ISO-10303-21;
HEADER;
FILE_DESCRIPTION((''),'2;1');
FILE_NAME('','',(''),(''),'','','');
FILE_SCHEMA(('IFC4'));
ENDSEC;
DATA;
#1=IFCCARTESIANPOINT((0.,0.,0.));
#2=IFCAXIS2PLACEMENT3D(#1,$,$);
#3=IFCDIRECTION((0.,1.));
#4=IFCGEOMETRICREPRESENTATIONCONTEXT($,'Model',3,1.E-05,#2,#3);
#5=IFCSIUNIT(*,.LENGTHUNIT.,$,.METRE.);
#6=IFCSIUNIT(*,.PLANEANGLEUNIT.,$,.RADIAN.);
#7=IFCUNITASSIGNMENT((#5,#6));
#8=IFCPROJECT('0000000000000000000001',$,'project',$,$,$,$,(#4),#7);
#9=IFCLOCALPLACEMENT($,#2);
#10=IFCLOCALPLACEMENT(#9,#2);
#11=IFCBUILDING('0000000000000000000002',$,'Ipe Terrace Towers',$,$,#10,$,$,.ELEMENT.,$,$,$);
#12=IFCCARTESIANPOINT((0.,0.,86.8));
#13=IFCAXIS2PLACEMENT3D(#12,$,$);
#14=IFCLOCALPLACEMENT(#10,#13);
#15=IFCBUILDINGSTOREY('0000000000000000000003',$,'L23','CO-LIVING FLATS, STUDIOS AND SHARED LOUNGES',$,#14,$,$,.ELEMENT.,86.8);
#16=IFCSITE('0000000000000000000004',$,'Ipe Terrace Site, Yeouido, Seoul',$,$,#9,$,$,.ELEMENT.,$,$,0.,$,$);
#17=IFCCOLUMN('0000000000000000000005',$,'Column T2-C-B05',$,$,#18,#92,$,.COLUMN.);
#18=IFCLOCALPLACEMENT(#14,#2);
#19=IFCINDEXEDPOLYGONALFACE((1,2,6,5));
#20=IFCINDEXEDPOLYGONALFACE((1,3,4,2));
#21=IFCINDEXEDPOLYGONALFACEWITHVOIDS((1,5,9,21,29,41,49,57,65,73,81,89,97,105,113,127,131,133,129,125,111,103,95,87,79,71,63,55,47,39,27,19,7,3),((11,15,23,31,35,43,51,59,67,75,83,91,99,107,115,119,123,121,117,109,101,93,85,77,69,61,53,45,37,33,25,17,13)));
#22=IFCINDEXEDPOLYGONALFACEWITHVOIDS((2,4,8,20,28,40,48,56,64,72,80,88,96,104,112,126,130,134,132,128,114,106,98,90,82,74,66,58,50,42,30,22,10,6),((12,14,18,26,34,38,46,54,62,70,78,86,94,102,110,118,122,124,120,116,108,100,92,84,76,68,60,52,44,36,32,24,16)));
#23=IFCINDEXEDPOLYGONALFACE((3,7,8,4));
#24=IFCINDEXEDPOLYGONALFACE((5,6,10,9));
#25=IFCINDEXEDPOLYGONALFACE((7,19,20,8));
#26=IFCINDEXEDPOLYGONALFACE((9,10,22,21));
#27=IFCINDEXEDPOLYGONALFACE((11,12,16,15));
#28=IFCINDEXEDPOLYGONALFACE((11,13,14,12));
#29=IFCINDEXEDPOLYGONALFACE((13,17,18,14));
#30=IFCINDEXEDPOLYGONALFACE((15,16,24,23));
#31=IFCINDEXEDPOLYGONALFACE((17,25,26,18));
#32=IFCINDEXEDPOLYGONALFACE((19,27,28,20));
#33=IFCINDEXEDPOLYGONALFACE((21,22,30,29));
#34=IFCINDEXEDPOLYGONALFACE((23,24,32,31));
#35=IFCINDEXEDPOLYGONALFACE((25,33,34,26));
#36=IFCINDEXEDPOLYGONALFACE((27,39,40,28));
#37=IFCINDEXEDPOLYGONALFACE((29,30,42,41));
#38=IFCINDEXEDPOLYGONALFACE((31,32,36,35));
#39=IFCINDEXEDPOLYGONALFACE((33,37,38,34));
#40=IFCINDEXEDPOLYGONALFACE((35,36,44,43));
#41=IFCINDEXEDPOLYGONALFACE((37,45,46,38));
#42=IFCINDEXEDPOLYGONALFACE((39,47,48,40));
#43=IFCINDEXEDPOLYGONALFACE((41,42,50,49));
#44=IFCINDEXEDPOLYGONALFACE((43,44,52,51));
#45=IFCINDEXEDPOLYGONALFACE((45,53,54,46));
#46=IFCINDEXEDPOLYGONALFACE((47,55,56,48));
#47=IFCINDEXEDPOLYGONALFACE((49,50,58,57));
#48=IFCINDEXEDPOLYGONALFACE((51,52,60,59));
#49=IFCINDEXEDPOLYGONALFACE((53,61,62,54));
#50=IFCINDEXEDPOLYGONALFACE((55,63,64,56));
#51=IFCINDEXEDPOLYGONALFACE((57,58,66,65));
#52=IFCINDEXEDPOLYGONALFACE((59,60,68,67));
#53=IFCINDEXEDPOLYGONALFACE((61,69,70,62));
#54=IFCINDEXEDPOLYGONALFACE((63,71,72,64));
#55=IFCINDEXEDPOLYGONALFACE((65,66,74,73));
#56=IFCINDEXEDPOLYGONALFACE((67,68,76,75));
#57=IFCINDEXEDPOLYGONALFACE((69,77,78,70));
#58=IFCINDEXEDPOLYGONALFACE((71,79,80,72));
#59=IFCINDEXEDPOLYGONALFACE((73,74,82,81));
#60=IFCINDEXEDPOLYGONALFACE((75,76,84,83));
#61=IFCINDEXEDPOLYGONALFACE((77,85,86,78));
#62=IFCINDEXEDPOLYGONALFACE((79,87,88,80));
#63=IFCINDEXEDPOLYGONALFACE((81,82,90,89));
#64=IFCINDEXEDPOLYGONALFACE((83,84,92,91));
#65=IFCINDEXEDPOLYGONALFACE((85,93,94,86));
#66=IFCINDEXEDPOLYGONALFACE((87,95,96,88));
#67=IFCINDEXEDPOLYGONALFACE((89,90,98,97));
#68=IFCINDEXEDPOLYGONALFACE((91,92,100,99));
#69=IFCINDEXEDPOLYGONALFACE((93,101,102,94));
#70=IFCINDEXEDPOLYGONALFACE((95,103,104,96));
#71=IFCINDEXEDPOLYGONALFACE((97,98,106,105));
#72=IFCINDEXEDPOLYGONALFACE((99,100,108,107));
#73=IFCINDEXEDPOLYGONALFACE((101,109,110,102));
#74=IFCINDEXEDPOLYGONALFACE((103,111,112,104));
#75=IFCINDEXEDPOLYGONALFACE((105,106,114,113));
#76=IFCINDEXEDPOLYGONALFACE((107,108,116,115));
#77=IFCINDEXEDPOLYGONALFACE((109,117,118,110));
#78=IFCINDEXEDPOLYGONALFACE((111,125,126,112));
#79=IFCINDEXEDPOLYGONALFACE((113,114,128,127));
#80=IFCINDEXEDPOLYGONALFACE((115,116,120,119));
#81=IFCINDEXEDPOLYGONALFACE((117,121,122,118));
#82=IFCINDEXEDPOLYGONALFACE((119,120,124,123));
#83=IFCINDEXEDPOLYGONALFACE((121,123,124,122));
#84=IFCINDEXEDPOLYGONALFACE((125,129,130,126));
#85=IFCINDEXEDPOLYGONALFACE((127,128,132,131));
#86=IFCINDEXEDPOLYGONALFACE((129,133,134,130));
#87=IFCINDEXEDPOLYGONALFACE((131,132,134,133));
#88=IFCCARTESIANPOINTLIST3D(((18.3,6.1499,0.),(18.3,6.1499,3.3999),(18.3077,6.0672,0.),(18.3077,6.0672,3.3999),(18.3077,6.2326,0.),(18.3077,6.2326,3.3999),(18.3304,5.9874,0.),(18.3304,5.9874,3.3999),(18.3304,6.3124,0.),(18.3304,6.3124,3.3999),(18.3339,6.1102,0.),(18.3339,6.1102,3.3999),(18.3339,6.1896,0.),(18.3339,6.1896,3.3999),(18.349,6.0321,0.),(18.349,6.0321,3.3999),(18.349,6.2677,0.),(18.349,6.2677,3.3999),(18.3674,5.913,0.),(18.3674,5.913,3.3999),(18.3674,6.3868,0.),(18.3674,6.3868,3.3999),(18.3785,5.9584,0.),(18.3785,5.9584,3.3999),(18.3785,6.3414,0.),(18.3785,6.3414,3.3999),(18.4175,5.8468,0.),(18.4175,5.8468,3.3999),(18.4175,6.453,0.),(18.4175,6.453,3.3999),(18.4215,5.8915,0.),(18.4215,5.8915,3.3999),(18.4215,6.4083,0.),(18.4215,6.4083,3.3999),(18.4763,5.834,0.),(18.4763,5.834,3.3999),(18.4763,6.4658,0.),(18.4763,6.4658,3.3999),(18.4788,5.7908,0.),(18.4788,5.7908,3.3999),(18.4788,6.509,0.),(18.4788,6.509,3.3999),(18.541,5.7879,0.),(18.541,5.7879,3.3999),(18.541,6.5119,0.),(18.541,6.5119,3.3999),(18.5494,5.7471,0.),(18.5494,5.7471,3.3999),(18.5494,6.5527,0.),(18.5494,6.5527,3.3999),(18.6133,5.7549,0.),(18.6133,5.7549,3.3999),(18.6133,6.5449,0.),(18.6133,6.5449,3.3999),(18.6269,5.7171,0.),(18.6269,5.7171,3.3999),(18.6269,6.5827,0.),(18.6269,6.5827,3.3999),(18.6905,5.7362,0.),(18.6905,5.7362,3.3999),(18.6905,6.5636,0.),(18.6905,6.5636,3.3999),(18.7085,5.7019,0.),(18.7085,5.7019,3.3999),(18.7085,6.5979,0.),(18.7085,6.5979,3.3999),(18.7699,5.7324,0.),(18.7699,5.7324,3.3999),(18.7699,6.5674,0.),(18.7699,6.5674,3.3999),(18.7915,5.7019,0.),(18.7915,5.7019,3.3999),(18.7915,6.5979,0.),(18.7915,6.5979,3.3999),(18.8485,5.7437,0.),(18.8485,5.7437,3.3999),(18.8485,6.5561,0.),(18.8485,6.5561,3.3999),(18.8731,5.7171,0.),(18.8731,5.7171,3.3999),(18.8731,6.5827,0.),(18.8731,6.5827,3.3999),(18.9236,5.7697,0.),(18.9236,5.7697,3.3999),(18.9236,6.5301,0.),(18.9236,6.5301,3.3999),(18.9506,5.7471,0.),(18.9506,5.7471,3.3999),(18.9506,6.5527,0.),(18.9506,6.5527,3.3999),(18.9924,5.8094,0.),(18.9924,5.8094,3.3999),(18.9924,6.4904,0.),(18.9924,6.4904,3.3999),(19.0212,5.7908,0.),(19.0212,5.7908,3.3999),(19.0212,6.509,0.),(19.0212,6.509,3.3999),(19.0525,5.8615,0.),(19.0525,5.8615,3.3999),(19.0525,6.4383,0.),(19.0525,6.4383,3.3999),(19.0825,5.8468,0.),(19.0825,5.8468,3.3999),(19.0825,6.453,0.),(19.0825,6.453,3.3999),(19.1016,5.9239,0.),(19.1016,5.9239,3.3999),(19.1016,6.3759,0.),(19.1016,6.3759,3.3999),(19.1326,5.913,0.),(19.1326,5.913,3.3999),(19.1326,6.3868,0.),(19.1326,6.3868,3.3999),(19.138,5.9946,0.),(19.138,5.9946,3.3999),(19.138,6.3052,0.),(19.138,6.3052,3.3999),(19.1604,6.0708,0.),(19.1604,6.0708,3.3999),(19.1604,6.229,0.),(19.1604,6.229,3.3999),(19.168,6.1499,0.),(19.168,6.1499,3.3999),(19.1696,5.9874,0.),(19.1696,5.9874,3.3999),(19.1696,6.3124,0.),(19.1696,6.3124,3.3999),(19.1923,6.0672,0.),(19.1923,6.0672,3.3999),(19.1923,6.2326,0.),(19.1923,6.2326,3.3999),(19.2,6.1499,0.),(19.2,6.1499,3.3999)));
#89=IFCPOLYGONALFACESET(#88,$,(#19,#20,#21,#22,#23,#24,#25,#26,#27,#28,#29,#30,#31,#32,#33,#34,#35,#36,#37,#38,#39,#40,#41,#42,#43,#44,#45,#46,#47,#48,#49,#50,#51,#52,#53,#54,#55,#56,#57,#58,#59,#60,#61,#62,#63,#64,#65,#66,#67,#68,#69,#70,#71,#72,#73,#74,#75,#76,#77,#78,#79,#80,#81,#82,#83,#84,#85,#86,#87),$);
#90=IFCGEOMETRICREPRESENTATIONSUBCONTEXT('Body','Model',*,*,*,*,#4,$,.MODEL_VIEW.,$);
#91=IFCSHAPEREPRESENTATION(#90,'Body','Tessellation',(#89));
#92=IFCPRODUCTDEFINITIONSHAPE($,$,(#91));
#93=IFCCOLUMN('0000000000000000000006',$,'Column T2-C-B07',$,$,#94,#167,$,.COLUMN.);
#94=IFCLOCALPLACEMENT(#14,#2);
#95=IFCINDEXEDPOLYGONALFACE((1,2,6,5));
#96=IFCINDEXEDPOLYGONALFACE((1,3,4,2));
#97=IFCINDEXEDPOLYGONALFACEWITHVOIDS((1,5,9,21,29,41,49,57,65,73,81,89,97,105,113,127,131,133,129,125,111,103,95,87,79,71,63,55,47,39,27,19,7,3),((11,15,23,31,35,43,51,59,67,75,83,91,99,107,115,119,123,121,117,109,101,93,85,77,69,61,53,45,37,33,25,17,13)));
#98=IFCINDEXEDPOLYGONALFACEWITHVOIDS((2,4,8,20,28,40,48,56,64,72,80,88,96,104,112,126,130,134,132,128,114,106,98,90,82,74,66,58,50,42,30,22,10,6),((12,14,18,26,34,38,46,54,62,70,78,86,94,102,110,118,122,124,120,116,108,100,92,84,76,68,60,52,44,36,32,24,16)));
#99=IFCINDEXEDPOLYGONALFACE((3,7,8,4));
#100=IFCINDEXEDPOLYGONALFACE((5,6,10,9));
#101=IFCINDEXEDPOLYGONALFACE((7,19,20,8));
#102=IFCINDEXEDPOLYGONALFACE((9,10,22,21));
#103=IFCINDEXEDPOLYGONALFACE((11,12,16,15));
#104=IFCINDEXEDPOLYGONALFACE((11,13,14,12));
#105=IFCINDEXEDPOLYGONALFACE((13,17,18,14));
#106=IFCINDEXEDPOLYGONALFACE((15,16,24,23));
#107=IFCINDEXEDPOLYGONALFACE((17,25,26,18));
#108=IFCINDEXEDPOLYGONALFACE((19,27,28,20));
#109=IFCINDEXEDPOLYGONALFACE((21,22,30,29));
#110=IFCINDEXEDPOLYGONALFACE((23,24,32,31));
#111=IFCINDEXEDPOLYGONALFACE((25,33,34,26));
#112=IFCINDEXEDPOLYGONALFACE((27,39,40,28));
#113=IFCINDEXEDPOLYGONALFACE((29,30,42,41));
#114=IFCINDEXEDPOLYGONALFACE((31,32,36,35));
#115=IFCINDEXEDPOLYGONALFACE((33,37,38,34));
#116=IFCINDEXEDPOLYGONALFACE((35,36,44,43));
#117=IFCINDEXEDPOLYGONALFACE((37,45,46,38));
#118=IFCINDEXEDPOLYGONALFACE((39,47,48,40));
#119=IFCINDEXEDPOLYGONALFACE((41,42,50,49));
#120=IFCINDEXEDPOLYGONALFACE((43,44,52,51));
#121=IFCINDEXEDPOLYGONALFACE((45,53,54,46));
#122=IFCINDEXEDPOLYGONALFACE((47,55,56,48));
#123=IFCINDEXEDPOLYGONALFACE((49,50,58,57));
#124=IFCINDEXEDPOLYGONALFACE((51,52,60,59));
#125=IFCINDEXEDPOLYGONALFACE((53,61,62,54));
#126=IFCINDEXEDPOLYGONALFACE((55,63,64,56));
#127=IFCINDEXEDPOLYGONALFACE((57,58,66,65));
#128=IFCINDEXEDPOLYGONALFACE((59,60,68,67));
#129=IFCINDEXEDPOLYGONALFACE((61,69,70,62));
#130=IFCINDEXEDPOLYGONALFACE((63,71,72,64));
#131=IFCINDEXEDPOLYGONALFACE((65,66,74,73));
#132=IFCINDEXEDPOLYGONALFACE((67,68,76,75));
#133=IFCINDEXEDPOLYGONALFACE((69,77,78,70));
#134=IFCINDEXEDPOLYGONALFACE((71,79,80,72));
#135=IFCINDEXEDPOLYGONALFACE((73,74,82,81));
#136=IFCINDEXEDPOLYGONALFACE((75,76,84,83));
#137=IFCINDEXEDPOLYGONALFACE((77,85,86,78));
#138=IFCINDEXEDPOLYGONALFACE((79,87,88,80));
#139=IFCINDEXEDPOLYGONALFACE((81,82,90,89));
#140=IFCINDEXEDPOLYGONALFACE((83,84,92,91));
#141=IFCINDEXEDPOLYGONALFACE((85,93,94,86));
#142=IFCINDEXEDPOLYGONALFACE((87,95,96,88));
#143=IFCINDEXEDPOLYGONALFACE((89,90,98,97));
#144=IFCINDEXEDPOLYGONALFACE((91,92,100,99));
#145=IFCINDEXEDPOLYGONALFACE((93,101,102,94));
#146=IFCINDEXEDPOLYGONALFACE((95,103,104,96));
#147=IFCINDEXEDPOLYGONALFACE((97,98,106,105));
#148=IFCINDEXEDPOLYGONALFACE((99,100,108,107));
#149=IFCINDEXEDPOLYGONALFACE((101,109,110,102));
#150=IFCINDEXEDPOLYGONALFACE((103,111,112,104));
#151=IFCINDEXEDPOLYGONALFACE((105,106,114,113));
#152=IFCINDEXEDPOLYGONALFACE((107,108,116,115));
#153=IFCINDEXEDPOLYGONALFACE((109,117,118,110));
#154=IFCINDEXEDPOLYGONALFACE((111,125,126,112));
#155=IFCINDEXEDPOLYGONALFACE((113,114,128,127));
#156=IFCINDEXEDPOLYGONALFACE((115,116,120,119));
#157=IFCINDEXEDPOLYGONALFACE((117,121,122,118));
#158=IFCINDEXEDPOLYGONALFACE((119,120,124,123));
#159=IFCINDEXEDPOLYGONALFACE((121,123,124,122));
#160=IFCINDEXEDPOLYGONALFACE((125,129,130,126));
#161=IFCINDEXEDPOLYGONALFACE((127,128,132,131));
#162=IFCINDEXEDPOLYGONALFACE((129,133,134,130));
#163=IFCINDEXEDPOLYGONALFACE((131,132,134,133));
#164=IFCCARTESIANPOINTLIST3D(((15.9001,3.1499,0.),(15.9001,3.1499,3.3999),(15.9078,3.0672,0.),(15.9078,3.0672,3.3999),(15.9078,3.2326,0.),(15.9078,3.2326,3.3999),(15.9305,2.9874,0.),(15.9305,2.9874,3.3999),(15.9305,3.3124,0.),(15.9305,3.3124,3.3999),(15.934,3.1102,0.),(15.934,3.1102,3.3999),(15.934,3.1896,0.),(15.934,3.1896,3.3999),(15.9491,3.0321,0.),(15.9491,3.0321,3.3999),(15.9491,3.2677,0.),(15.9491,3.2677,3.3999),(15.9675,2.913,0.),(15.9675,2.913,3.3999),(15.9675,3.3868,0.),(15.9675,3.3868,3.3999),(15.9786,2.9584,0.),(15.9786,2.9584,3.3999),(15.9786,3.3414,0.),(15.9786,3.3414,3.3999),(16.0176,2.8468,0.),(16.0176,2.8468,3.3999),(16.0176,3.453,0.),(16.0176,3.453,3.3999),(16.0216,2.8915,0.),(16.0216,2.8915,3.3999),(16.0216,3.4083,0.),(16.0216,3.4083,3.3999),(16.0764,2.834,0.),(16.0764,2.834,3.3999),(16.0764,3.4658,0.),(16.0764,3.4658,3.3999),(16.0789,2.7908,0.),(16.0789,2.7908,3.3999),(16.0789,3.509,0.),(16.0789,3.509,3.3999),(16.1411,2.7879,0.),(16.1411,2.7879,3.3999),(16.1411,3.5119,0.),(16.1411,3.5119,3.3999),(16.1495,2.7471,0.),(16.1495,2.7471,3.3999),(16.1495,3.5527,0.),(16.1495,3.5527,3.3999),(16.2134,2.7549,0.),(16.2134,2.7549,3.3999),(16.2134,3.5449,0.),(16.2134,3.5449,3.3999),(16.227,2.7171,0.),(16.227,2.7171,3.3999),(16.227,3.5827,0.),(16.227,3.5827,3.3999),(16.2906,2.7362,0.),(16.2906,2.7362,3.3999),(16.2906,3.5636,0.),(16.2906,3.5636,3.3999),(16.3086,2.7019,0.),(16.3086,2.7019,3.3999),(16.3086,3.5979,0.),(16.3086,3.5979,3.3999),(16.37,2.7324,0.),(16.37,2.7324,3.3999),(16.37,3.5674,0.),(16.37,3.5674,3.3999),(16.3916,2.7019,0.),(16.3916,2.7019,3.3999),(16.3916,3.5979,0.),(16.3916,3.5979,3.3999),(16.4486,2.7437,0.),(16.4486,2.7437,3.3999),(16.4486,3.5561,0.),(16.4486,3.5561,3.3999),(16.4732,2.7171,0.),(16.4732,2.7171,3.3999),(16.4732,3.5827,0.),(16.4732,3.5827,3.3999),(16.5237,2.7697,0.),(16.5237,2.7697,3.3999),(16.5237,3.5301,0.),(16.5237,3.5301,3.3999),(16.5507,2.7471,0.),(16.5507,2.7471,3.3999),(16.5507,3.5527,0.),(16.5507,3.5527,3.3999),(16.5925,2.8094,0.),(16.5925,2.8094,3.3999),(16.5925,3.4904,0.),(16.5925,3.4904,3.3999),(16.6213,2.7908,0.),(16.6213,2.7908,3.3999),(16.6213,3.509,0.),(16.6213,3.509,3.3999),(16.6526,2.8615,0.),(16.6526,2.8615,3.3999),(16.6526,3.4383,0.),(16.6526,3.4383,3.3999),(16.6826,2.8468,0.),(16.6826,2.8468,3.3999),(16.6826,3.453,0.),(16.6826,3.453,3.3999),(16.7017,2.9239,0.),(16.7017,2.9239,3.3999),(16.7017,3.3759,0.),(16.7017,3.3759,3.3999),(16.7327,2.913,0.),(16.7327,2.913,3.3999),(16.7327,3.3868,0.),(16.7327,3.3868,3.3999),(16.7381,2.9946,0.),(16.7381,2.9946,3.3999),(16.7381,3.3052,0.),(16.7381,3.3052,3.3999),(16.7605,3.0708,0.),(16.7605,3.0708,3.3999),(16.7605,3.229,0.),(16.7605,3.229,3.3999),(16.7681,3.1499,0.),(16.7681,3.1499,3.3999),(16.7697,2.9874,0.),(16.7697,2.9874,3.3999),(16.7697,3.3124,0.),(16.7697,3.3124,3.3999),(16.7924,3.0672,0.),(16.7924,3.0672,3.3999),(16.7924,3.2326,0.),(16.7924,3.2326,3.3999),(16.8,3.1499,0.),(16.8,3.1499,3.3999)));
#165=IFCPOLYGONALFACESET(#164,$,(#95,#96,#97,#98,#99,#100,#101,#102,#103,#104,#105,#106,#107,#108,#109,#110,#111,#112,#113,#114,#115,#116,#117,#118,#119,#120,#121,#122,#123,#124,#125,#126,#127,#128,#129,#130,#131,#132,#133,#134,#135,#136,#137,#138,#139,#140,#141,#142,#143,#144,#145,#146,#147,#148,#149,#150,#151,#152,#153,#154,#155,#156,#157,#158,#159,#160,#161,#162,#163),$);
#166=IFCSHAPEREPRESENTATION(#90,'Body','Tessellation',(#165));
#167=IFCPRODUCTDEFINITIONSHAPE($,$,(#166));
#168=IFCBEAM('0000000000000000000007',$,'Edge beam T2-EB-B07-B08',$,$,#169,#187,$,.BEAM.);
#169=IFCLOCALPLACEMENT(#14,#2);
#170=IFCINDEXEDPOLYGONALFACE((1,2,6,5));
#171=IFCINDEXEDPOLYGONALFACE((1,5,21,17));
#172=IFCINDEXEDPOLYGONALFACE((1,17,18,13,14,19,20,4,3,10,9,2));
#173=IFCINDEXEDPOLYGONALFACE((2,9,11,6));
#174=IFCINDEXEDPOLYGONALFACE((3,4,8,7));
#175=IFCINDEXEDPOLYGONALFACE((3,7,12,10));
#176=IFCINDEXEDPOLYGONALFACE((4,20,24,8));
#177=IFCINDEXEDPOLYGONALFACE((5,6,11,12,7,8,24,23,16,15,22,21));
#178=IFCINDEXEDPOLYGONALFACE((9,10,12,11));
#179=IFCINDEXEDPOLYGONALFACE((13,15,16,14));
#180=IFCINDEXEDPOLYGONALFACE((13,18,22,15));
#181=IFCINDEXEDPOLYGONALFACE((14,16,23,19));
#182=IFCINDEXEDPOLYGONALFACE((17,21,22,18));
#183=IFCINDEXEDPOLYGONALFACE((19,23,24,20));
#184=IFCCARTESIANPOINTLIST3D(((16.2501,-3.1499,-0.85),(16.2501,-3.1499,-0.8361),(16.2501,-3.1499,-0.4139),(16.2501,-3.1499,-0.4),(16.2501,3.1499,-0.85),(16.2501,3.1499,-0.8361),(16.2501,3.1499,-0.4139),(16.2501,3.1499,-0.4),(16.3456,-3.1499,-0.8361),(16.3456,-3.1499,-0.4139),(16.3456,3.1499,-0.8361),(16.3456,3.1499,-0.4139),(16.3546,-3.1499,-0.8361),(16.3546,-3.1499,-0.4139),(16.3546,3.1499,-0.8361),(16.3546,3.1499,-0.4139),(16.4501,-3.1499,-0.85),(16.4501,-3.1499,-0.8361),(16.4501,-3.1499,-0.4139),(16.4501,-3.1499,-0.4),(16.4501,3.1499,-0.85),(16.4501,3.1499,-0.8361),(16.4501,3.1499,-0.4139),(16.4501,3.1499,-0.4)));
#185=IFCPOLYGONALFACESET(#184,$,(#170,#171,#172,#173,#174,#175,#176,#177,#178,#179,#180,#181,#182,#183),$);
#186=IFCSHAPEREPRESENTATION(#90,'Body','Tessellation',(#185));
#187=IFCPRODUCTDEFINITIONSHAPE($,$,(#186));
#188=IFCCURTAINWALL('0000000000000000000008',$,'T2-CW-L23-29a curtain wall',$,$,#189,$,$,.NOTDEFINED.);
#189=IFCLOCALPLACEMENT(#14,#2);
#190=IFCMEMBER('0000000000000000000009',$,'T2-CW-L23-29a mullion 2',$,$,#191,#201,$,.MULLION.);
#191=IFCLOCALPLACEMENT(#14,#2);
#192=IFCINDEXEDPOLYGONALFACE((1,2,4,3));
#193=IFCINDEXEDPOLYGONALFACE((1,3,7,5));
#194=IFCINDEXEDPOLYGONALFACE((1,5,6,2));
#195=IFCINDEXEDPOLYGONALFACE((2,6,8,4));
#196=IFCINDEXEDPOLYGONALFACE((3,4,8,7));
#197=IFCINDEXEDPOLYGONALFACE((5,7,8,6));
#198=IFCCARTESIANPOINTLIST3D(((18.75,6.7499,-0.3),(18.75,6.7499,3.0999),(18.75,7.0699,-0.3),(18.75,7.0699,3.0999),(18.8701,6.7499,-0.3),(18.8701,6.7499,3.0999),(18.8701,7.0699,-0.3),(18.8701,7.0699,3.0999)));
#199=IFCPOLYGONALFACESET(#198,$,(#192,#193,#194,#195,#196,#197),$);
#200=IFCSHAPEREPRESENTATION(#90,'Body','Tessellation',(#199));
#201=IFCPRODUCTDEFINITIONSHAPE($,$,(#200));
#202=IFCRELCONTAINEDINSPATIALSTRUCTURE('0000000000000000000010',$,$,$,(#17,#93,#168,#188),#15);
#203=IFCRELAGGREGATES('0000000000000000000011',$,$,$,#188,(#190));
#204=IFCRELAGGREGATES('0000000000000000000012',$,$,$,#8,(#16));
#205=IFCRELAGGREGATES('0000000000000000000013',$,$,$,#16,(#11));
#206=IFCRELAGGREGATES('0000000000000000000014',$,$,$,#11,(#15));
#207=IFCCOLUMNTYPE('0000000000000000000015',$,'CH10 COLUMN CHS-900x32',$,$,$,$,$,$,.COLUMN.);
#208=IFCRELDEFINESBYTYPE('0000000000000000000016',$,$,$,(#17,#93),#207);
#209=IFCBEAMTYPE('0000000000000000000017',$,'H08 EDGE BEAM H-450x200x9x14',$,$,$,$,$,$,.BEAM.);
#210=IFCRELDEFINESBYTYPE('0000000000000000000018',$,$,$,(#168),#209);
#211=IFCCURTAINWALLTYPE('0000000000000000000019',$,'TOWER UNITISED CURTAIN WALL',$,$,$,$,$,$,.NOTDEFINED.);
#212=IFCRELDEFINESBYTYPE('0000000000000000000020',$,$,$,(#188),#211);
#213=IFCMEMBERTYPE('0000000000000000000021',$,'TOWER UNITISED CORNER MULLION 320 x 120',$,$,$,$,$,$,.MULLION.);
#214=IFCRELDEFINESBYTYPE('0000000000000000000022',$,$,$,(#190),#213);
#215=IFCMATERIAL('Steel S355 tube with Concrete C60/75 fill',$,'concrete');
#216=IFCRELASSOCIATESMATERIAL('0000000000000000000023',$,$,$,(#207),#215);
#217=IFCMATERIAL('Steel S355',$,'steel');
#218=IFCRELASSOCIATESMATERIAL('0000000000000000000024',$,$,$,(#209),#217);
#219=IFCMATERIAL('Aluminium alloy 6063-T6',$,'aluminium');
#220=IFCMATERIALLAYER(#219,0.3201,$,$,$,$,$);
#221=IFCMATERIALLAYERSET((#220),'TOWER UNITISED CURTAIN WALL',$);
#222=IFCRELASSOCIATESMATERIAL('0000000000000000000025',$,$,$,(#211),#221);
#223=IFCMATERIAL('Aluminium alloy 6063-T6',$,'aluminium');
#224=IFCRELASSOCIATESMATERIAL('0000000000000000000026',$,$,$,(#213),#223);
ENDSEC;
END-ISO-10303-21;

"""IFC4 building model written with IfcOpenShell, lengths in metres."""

from ifc_helpers import new_model, si_unit, direction, frame, origin, origin_2d, place, context, subcontext, project, spatial, rectangle, hollow_circle, i_section, extrude, material, layer, layer_set, material_profile, profile_set, type_object, element, aggregate, save


model = new_model("IFC4")

# Units and contexts
model_context = context("Model", 3, precision=1e-05, world=origin(), true_north=direction((0.0, 1.0)))
body_context = subcontext(model_context, "Body", "Model", "MODEL_VIEW")
ifc_project = project(units=[si_unit("LENGTHUNIT", "METRE"), si_unit("PLANEANGLEUNIT", "RADIAN")], contexts=[model_context])

# Site, building, storey
site_placement = place(None, origin())
site = spatial("IfcSite", under=ifc_project, at=site_placement, Name="Ipe Terrace Site, Yeouido, Seoul", CompositionType="ELEMENT", RefElevation=0.0)
building_placement = place(site_placement, origin())
building = spatial("IfcBuilding", under=site, at=building_placement, Name="Ipe Terrace Towers", CompositionType="ELEMENT")
storey_placement = place(building_placement, frame((0.0, 0.0, 86.8)))
storey = spatial("IfcBuildingStorey", under=building, at=storey_placement, Name="L23", Description="CO-LIVING FLATS, STUDIOS AND SHARED LOUNGES", CompositionType="ELEMENT", Elevation=86.8)

# Columns
ifc_material_1 = material(Name="Steel S355 tube with Concrete C60/75 fill", Category="concrete")
ifc_material_profile_1 = material_profile(ifc_material_1, hollow_circle(Radius=0.45, WallThickness=0.032, at=origin_2d()), Name="CHS-900x32")
ifc_profile_set_1 = profile_set([ifc_material_profile_1], Name="Steel S355 tube with Concrete C60/75 fill")
column_type = type_object("IfcColumnType", Name="CH10 COLUMN CHS-900x32", PredefinedType="COLUMN", material=ifc_profile_set_1)
for number, where, z_axis, x_axis, name in (
    (1, (18.75, 6.1499, 0.0), (0.0, 0.0, 1.0), (1.0, 0.0, 0.0), "Column T2-C-B05"),
    (2, (16.3501, 3.1499, 0.0), (0.0, 0.0, 1.0), (1.0, 0.0, 0.0), "Column T2-C-B07"),
):
    element("IfcColumn", number, at=place(storey_placement, frame(where, z_axis=z_axis, x_axis=x_axis)), inside=storey, type_object=column_type, Name=name, PredefinedType="COLUMN", context=body_context, shape_type="SweptSolid", body=[
        extrude(hollow_circle(Radius=0.45, WallThickness=0.032, at=origin_2d()), origin(), (0.0, 0.0, 1.0), 3.3999),
    ])

# Beam
ifc_material_2 = material(Name="Steel S355", Category="steel")
ifc_material_profile_2 = material_profile(ifc_material_2, i_section(OverallWidth=0.2, OverallDepth=0.45, WebThickness=0.009, FlangeThickness=0.0139, at=origin_2d()), Name="H-450x200x9x14")
ifc_profile_set_2 = profile_set([ifc_material_profile_2], Name="Steel S355")
beam_type = type_object("IfcBeamType", Name="H08 EDGE BEAM H-450x200x9x14", PredefinedType="BEAM", material=ifc_profile_set_2)
beam_placement = place(storey_placement, frame((16.3501, 3.1499, -0.625), z_axis=(0.0, -1.0, 0.0), x_axis=(1.0, 0.0, 0.0)))
element("IfcBeam", 3, at=beam_placement, inside=storey, type_object=beam_type, Name="Edge beam T2-EB-B07-B08", PredefinedType="BEAM", context=body_context, shape_type="SweptSolid", body=[
    extrude(i_section(OverallWidth=0.2, OverallDepth=0.45, WebThickness=0.009, FlangeThickness=0.0139, at=origin_2d()), origin(), (0.0, 0.0, 1.0), 6.2998),
])

# Curtain wall, member
ifc_material_3 = material(Name="Aluminium alloy 6063-T6", Category="aluminium")
ifc_layer_1 = layer(ifc_material_3, 0.3201)
ifc_layer_set_1 = layer_set([ifc_layer_1], Name="TOWER UNITISED CURTAIN WALL")
curtain_wall_type = type_object("IfcCurtainWallType", Name="TOWER UNITISED CURTAIN WALL", PredefinedType="NOTDEFINED", material=ifc_layer_set_1)
curtain_wall_1_placement = place(storey_placement, origin())
curtain_wall_1 = element("IfcCurtainWall", 4, at=curtain_wall_1_placement, inside=storey, type_object=curtain_wall_type, Name="T2-CW-L23-29a curtain wall", PredefinedType="NOTDEFINED")
ifc_material_4 = material(Name="Aluminium alloy 6063-T6", Category="aluminium")
ifc_material_profile_3 = material_profile(ifc_material_4, rectangle(XDim=0.3201, YDim=0.1201, at=origin_2d()), Name="TOWER UNITISED CORNER MULLION 320 x 120")
ifc_profile_set_3 = profile_set([ifc_material_profile_3], Name="Aluminium alloy 6063-T6")
member_type = type_object("IfcMemberType", Name="TOWER UNITISED CORNER MULLION 320 x 120", PredefinedType="MULLION", material=ifc_profile_set_3)
member_1_placement = place(storey_placement, frame((18.8101, 6.9099, -0.3), z_axis=(0.0, 0.0, 1.0), x_axis=(0.0, 1.0, 0.0)))
member_1 = element("IfcMember", 5, at=member_1_placement, type_object=member_type, Name="T2-CW-L23-29a mullion 2", PredefinedType="MULLION", context=body_context, shape_type="SweptSolid", body=[
    extrude(rectangle(XDim=0.3201, YDim=0.1201, at=origin_2d()), origin(), (0.0, 0.0, 1.0), 3.3999),
])
aggregate(curtain_wall_1, [member_1])

save(model, "model.ifc")
